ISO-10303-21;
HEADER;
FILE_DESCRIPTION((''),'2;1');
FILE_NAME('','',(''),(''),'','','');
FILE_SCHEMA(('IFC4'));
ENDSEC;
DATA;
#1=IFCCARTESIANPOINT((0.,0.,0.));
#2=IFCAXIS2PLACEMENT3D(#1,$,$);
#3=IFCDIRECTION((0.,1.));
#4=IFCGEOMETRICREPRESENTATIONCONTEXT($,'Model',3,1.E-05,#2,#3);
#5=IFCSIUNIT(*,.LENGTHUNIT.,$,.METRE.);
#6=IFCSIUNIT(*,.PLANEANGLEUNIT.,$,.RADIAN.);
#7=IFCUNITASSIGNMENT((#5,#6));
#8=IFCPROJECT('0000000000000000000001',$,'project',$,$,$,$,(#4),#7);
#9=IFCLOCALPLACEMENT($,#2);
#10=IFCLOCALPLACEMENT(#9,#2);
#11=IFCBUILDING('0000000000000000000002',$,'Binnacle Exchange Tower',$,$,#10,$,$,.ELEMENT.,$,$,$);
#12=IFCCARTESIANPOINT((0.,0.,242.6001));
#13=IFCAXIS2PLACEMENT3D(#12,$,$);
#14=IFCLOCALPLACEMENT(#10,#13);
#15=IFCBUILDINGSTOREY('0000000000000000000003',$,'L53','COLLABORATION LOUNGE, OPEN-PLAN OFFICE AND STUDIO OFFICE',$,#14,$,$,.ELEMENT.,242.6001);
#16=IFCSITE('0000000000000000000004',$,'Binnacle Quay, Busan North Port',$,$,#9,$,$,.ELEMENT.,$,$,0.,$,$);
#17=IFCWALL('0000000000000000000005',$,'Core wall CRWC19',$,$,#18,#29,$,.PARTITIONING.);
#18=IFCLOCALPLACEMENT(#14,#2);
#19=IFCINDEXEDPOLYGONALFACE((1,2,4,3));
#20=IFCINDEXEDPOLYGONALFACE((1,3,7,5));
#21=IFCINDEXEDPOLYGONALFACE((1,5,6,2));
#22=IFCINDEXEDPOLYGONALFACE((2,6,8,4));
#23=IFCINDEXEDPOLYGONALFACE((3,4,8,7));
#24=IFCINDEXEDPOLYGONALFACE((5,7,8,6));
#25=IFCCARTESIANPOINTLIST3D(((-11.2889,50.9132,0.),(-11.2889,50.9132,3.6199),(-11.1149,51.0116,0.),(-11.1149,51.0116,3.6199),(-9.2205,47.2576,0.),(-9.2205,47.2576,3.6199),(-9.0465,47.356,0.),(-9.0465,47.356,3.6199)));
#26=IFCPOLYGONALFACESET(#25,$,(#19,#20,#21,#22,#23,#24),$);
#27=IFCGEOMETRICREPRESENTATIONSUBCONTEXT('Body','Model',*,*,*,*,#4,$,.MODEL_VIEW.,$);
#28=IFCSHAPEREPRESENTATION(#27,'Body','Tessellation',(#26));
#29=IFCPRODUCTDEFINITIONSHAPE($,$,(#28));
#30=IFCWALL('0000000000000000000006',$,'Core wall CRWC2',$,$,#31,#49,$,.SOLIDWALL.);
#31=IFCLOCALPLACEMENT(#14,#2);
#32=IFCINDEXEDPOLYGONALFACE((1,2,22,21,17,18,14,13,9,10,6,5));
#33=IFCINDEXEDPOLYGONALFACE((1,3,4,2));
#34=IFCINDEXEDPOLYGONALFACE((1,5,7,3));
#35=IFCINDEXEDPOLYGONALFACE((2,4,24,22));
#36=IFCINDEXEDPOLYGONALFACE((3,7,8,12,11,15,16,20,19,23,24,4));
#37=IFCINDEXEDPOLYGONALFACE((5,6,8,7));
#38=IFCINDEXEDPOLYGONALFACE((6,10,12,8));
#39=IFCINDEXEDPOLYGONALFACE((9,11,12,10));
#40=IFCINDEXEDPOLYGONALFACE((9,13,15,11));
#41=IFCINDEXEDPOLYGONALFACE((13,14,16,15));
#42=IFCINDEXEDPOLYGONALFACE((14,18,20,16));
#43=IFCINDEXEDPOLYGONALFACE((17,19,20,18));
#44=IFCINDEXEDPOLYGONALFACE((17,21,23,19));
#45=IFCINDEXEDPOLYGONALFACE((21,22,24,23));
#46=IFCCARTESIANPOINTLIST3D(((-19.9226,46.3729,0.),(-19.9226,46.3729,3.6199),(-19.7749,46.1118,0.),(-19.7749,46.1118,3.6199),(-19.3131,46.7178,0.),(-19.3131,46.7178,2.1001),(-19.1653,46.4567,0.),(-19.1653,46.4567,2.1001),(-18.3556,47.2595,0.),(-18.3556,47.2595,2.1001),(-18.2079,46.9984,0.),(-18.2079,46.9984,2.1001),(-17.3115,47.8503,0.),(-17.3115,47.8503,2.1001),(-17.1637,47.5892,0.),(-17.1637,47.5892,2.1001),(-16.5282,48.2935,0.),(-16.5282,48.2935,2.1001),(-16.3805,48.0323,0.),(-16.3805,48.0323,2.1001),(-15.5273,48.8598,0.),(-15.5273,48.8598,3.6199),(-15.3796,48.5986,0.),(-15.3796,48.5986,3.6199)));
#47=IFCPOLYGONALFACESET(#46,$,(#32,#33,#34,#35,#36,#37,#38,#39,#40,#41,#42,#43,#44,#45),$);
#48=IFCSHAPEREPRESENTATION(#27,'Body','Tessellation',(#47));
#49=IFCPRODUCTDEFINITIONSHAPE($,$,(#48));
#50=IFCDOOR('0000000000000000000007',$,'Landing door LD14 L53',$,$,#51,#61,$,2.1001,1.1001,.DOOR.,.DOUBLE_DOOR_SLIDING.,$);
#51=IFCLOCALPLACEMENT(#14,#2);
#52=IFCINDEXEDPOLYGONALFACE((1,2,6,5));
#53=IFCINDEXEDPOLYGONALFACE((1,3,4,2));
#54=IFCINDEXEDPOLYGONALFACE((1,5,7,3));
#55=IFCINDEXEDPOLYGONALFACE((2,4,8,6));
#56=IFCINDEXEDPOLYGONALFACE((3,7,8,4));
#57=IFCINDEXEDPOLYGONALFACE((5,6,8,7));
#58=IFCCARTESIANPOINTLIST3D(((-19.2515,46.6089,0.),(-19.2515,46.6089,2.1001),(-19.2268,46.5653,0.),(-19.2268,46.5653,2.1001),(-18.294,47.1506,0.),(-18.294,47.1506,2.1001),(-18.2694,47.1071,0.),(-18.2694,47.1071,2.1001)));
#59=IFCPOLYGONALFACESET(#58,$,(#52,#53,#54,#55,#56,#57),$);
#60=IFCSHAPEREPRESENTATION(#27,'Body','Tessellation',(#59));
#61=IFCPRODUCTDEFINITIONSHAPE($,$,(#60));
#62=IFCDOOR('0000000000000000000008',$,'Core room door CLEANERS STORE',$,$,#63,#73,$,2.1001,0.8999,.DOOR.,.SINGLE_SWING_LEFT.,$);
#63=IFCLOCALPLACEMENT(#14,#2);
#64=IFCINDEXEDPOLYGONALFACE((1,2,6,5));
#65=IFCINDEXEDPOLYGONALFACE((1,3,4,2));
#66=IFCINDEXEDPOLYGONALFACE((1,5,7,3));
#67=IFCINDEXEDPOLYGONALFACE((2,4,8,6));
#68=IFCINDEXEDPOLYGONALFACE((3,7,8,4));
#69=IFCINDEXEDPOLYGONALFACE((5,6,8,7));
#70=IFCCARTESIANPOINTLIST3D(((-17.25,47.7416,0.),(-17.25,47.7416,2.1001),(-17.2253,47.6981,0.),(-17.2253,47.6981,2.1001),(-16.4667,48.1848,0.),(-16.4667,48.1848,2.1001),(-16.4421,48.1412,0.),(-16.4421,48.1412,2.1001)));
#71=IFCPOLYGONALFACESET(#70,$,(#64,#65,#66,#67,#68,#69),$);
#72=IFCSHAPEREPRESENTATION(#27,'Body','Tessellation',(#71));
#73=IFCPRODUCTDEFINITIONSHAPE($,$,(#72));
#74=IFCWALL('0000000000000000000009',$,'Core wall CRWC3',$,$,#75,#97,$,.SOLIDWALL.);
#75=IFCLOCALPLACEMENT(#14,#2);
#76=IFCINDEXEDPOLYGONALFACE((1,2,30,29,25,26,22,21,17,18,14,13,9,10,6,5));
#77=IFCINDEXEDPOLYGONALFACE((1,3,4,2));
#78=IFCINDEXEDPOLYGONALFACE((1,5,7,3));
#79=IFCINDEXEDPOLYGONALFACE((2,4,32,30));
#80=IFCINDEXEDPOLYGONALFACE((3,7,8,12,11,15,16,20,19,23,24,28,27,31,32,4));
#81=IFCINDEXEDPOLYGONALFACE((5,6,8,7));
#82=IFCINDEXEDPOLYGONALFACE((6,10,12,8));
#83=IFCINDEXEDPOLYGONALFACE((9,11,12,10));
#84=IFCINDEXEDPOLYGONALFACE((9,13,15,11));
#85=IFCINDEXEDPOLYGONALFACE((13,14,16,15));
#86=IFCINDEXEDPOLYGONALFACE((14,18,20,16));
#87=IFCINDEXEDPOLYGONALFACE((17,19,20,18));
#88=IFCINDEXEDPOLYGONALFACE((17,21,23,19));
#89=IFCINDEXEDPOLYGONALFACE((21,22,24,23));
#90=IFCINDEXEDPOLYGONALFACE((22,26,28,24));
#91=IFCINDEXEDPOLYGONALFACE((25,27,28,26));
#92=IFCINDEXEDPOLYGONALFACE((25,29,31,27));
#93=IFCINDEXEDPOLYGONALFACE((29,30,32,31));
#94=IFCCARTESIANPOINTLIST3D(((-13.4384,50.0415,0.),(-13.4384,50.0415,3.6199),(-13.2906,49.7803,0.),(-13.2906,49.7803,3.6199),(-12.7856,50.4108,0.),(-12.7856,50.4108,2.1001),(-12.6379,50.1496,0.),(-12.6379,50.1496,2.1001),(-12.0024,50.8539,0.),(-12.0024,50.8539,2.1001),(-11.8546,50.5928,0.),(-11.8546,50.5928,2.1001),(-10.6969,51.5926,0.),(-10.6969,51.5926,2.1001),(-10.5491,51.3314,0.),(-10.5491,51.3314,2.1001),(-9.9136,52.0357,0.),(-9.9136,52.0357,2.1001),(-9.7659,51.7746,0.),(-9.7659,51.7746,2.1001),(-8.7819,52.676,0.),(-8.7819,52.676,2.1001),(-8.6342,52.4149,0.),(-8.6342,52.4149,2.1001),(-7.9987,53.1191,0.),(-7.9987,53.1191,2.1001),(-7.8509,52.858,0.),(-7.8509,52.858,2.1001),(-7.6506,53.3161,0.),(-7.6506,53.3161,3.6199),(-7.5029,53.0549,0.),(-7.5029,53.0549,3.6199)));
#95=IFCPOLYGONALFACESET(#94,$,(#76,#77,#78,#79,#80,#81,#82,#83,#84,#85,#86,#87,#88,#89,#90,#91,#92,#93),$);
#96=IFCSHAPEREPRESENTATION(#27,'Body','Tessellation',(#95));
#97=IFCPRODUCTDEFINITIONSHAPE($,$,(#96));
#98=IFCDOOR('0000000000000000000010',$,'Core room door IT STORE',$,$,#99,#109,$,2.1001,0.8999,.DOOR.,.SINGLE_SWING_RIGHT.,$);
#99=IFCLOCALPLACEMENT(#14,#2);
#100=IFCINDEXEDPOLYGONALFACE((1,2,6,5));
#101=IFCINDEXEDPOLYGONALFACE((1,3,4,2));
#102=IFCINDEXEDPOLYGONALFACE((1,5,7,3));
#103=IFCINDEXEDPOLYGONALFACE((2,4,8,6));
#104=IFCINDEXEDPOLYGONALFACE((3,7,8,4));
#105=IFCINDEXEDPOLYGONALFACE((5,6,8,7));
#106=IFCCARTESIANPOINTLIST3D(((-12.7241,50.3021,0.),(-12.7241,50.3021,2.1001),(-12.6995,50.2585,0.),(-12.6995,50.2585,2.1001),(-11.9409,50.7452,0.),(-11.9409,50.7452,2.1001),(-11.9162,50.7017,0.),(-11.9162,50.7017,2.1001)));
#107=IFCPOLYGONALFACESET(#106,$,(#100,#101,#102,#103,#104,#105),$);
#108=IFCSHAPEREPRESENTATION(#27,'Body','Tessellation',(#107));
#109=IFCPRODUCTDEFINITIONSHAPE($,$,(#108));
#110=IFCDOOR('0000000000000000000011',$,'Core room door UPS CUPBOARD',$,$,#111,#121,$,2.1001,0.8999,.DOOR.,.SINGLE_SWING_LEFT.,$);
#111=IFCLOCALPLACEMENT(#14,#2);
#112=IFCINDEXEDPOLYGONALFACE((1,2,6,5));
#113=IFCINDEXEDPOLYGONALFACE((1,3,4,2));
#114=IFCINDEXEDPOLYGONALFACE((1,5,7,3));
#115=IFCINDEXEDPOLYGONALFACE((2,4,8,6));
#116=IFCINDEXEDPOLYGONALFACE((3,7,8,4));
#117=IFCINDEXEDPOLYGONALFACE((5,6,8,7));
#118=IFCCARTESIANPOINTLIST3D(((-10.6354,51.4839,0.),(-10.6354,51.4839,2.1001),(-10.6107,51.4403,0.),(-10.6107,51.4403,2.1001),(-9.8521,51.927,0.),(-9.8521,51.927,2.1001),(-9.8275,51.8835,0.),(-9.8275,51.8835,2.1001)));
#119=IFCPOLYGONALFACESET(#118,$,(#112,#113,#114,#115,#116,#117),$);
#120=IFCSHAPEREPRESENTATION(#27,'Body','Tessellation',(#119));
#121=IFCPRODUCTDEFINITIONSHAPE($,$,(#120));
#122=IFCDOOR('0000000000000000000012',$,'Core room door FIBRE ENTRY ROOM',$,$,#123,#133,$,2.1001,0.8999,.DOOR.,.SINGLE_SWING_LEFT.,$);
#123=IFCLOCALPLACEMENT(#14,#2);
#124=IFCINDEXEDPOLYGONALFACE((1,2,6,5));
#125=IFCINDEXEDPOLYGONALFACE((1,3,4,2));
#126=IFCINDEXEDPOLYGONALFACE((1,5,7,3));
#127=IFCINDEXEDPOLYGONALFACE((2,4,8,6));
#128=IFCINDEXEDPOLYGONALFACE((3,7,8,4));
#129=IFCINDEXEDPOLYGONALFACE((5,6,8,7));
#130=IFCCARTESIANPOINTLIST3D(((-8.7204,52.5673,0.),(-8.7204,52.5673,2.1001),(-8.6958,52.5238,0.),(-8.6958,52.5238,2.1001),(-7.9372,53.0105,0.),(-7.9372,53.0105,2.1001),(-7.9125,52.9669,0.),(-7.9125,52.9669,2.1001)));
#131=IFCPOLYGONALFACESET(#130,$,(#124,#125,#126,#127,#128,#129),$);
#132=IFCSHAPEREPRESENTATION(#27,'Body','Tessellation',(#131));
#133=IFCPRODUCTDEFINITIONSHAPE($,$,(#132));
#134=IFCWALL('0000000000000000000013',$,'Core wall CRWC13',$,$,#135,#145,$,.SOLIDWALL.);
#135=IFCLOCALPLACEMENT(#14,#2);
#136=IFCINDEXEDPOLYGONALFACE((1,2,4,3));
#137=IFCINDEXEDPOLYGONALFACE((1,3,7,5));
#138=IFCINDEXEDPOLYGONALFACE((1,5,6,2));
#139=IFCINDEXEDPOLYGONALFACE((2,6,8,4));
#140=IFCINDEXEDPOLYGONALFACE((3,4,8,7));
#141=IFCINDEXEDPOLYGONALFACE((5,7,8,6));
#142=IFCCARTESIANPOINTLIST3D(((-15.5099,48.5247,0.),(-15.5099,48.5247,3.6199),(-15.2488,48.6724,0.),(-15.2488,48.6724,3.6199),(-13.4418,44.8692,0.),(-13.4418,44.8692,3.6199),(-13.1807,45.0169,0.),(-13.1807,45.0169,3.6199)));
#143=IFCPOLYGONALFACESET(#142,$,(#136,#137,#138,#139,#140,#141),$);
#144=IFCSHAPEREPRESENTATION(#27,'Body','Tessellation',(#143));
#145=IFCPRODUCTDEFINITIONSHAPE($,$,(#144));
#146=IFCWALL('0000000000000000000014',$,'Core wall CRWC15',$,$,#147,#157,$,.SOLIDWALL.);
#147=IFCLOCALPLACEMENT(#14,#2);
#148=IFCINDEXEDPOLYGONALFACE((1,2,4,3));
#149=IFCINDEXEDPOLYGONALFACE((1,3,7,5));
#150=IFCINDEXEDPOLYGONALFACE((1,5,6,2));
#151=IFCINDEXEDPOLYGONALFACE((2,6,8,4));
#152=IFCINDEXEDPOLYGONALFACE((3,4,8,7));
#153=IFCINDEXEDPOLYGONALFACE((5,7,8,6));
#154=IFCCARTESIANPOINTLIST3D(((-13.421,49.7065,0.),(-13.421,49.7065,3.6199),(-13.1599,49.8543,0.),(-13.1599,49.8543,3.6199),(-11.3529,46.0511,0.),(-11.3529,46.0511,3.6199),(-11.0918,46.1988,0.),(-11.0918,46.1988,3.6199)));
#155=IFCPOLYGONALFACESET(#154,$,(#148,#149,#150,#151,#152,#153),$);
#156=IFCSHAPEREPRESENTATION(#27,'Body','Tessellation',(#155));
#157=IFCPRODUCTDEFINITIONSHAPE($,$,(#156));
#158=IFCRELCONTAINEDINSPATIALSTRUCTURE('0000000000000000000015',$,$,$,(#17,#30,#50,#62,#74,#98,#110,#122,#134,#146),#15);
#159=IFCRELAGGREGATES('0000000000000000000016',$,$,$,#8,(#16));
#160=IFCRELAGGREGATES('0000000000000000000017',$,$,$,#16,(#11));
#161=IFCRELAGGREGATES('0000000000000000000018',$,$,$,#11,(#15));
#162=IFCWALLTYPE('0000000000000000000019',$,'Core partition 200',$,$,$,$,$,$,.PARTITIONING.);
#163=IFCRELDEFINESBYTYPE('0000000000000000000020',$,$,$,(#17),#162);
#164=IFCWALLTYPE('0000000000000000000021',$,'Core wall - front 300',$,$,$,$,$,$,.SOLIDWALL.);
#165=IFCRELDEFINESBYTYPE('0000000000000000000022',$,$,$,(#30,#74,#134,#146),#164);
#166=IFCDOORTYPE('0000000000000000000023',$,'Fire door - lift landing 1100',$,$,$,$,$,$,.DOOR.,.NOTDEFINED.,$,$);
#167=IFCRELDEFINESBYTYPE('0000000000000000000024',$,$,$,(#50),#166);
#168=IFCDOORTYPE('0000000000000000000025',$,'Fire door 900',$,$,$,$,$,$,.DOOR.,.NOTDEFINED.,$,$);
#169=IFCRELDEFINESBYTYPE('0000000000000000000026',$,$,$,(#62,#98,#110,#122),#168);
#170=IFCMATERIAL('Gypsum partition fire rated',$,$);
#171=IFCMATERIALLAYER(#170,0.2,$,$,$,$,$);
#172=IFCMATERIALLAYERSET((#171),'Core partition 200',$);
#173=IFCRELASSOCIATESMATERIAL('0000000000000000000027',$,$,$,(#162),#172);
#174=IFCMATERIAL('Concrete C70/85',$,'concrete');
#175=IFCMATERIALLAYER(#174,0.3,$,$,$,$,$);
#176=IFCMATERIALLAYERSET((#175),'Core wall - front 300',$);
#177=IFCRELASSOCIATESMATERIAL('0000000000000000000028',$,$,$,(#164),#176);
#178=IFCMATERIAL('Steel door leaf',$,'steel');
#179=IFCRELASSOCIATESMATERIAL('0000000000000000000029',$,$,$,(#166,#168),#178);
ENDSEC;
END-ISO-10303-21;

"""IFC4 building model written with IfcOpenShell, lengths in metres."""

from ifc_helpers import new_model, si_unit, direction, frame, frame_2d, origin, place, context, subcontext, project, spatial, rectangle, extrude, material, layer, layer_set, type_object, element, fill, save


model = new_model("IFC4")

# Units and contexts
model_context = context("Model", 3, precision=1e-05, world=origin(), true_north=direction((0.0, 1.0)))
body_context = subcontext(model_context, "Body", "Model", "MODEL_VIEW")
ifc_project = project(units=[si_unit("LENGTHUNIT", "METRE"), si_unit("PLANEANGLEUNIT", "RADIAN")], contexts=[model_context])

# Site, building, storey
site_placement = place(None, origin())
site = spatial("IfcSite", under=ifc_project, at=site_placement, Name="Binnacle Quay, Busan North Port", CompositionType="ELEMENT", RefElevation=0.0)
building_placement = place(site_placement, origin())
building = spatial("IfcBuilding", under=site, at=building_placement, Name="Binnacle Exchange Tower", CompositionType="ELEMENT")
storey_placement = place(building_placement, frame((0.0, 0.0, 242.6001)))
storey = spatial("IfcBuildingStorey", under=building, at=storey_placement, Name="L53", Description="COLLABORATION LOUNGE, OPEN-PLAN OFFICE AND STUDIO OFFICE", CompositionType="ELEMENT", Elevation=242.6001)

# Wall
ifc_material_1 = material(Name="Gypsum partition fire rated")
ifc_layer_1 = layer(ifc_material_1, 0.2)
ifc_layer_set_1 = layer_set([ifc_layer_1], Name="Core partition 200")
wall_type_1 = type_object("IfcWallType", Name="Core partition 200", PredefinedType="PARTITIONING", material=ifc_layer_set_1)
wall_1_placement = place(storey_placement, frame((-11.2019, 50.9624, 0.0), z_axis=(0.0, 0.0, 1.0), x_axis=(0.492454, -0.870339, 0.0)))
element("IfcWall", 1, at=wall_1_placement, inside=storey, type_object=wall_type_1, Name="Core wall CRWC19", PredefinedType="PARTITIONING", context=body_context, shape_type="SweptSolid", body=[
    extrude(rectangle(XDim=4.2002, YDim=0.2, at=frame_2d((2.1001, 0.0))), origin(), (0.0, 0.0, 1.0), 3.6199),
])

# Walls, openings, doors
ifc_material_2 = material(Name="Concrete C70/85", Category="concrete")
ifc_layer_2 = layer(ifc_material_2, 0.3)
ifc_layer_set_2 = layer_set([ifc_layer_2], Name="Core wall - front 300")
wall_type_2 = type_object("IfcWallType", Name="Core wall - front 300", PredefinedType="SOLIDWALL", material=ifc_layer_set_2)
wall_2_placement = place(storey_placement, frame((-19.8486, 46.2424, 0.0), z_axis=(0.0, 0.0, 1.0), x_axis=(0.870348, 0.492438, 0.0)))
wall_2 = element("IfcWall", 2, at=wall_2_placement, inside=storey, type_object=wall_type_2, Name="Core wall CRWC2", PredefinedType="SOLIDWALL", context=body_context, shape_type="SweptSolid", body=[
    extrude(rectangle(XDim=5.05, YDim=0.3, at=frame_2d((2.5249, 0.0))), origin(), (0.0, 0.0, 1.0), 3.6199),
])
opening_1_placement = place(wall_2_placement, frame((0.7002, 0.0, 0.0)))
opening_1 = element("IfcOpeningElement", 3, at=opening_1_placement, cuts=wall_2, PredefinedType="OPENING", context=body_context, shape_type="SweptSolid", body=[
    extrude(rectangle(XDim=1.1001, YDim=2.1001, at=frame_2d((0.55, 1.05))), frame((0.0, 0.1599, 0.0), z_axis=(0.0, -1.0, 0.0), x_axis=(1.0, 0.0, 0.0)), (0.0, 0.0, 1.0), 0.3201),
])
opening_2_placement = place(wall_2_placement, frame((3.0, 0.0, 0.0)))
opening_2 = element("IfcOpeningElement", 4, at=opening_2_placement, cuts=wall_2, PredefinedType="OPENING", context=body_context, shape_type="SweptSolid", body=[
    extrude(rectangle(XDim=0.8999, YDim=2.1001, at=frame_2d((0.45, 1.05))), frame((0.0, 0.1599, 0.0), z_axis=(0.0, -1.0, 0.0), x_axis=(1.0, 0.0, 0.0)), (0.0, 0.0, 1.0), 0.3201),
])
ifc_material_3 = material(Name="Steel door leaf", Category="steel")
door_type_1 = type_object("IfcDoorType", Name="Fire door - lift landing 1100", OperationType="NOTDEFINED", PredefinedType="DOOR", material=ifc_material_3)
door_1_placement = place(opening_1_placement, origin())
door_1 = element("IfcDoor", 5, at=door_1_placement, inside=storey, type_object=door_type_1, Name="Landing door LD14 L53", OperationType="DOUBLE_DOOR_SLIDING", OverallHeight=2.1001, OverallWidth=1.1001, PredefinedType="DOOR", context=body_context, shape_type="SweptSolid", body=[
    extrude(rectangle(XDim=1.1001, YDim=2.1001, at=frame_2d((0.55, 1.05))), frame((0.0, 0.0249, 0.0), z_axis=(0.0, -1.0, 0.0), x_axis=(1.0, 0.0, 0.0)), (0.0, 0.0, 1.0), 0.05),
])
fill(opening_1, door_1)
door_type_2 = type_object("IfcDoorType", Name="Fire door 900", OperationType="NOTDEFINED", PredefinedType="DOOR", material=ifc_material_3)
door_2_placement = place(opening_2_placement, frame((0.8999, 0.0, 0.0), z_axis=(0.0, 0.0, 1.0), x_axis=(-1.0, 0.0, 0.0)))
door_2 = element("IfcDoor", 6, at=door_2_placement, inside=storey, type_object=door_type_2, Name="Core room door CLEANERS STORE", OperationType="SINGLE_SWING_LEFT", OverallHeight=2.1001, OverallWidth=0.8999, PredefinedType="DOOR", context=body_context, shape_type="SweptSolid", body=[
    extrude(rectangle(XDim=0.8999, YDim=2.1001, at=frame_2d((0.45, 1.05))), frame((0.0, 0.0249, 0.0), z_axis=(0.0, -1.0, 0.0), x_axis=(1.0, 0.0, 0.0)), (0.0, 0.0, 1.0), 0.05),
])
fill(opening_2, door_2)
wall_3_placement = place(storey_placement, frame((-13.3645, 49.9109, 0.0), z_axis=(0.0, 0.0, 1.0), x_axis=(0.870352, 0.49243, 0.0)))
wall_3 = element("IfcWall", 7, at=wall_3_placement, inside=storey, type_object=wall_type_2, Name="Core wall CRWC3", PredefinedType="SOLIDWALL", context=body_context, shape_type="SweptSolid", body=[
    extrude(rectangle(XDim=6.6499, YDim=0.3, at=frame_2d((3.325, 0.0))), origin(), (0.0, 0.0, 1.0), 3.6199),
])
opening_3_placement = place(wall_3_placement, frame((0.75, 0.0, 0.0)))
opening_3 = element("IfcOpeningElement", 8, at=opening_3_placement, cuts=wall_3, PredefinedType="OPENING", context=body_context, shape_type="SweptSolid", body=[
    extrude(rectangle(XDim=0.8999, YDim=2.1001, at=frame_2d((0.45, 1.05))), frame((0.0, 0.1599, 0.0), z_axis=(0.0, -1.0, 0.0), x_axis=(1.0, 0.0, 0.0)), (0.0, 0.0, 1.0), 0.3201),
])
opening_4_placement = place(wall_3_placement, frame((3.1499, 0.0, 0.0)))
opening_4 = element("IfcOpeningElement", 9, at=opening_4_placement, cuts=wall_3, PredefinedType="OPENING", context=body_context, shape_type="SweptSolid", body=[
    extrude(rectangle(XDim=0.8999, YDim=2.1001, at=frame_2d((0.45, 1.05))), frame((0.0, 0.1599, 0.0), z_axis=(0.0, -1.0, 0.0), x_axis=(1.0, 0.0, 0.0)), (0.0, 0.0, 1.0), 0.3201),
])
opening_5_placement = place(wall_3_placement, frame((5.3501, 0.0, 0.0)))
opening_5 = element("IfcOpeningElement", 10, at=opening_5_placement, cuts=wall_3, PredefinedType="OPENING", context=body_context, shape_type="SweptSolid", body=[
    extrude(rectangle(XDim=0.8999, YDim=2.1001, at=frame_2d((0.45, 1.05))), frame((0.0, 0.1599, 0.0), z_axis=(0.0, -1.0, 0.0), x_axis=(1.0, 0.0, 0.0)), (0.0, 0.0, 1.0), 0.3201),
])
door_3_placement = place(opening_3_placement, frame((0.8999, 0.0, 0.0), z_axis=(0.0, 0.0, 1.0), x_axis=(-1.0, 0.0, 0.0)))
door_3 = element("IfcDoor", 11, at=door_3_placement, inside=storey, type_object=door_type_2, Name="Core room door IT STORE", OperationType="SINGLE_SWING_RIGHT", OverallHeight=2.1001, OverallWidth=0.8999, PredefinedType="DOOR", context=body_context, shape_type="SweptSolid", body=[
    extrude(rectangle(XDim=0.8999, YDim=2.1001, at=frame_2d((0.45, 1.05))), frame((0.0, 0.0249, 0.0), z_axis=(0.0, -1.0, 0.0), x_axis=(1.0, 0.0, 0.0)), (0.0, 0.0, 1.0), 0.05),
])
fill(opening_3, door_3)
door_4_placement = place(opening_4_placement, frame((0.8999, 0.0, 0.0), z_axis=(0.0, 0.0, 1.0), x_axis=(-1.0, 0.0, 0.0)))
door_4 = element("IfcDoor", 12, at=door_4_placement, inside=storey, type_object=door_type_2, Name="Core room door UPS CUPBOARD", OperationType="SINGLE_SWING_LEFT", OverallHeight=2.1001, OverallWidth=0.8999, PredefinedType="DOOR", context=body_context, shape_type="SweptSolid", body=[
    extrude(rectangle(XDim=0.8999, YDim=2.1001, at=frame_2d((0.45, 1.05))), frame((0.0, 0.0249, 0.0), z_axis=(0.0, -1.0, 0.0), x_axis=(1.0, 0.0, 0.0)), (0.0, 0.0, 1.0), 0.05),
])
fill(opening_4, door_4)
door_5_placement = place(opening_5_placement, frame((0.8999, 0.0, 0.0), z_axis=(0.0, 0.0, 1.0), x_axis=(-1.0, 0.0, 0.0)))
door_5 = element("IfcDoor", 13, at=door_5_placement, inside=storey, type_object=door_type_2, Name="Core room door FIBRE ENTRY ROOM", OperationType="SINGLE_SWING_LEFT", OverallHeight=2.1001, OverallWidth=0.8999, PredefinedType="DOOR", context=body_context, shape_type="SweptSolid", body=[
    extrude(rectangle(XDim=0.8999, YDim=2.1001, at=frame_2d((0.45, 1.05))), frame((0.0, 0.0249, 0.0), z_axis=(0.0, -1.0, 0.0), x_axis=(1.0, 0.0, 0.0)), (0.0, 0.0, 1.0), 0.05),
])
fill(opening_5, door_5)

# Walls
for number, where, z_axis, x_axis, name in (
    (14, (-15.3794, 48.5986, 0.0), (0.0, 0.0, 1.0), (0.49241, -0.870364, 0.0), "Core wall CRWC13"),
    (15, (-13.2905, 49.7805, 0.0), (0.0, 0.0, 1.0), (0.49241, -0.870364, 0.0), "Core wall CRWC15"),
):
    element("IfcWall", number, at=place(storey_placement, frame(where, z_axis=z_axis, x_axis=x_axis)), inside=storey, type_object=wall_type_2, Name=name, PredefinedType="SOLIDWALL", context=body_context, shape_type="SweptSolid", body=[
        extrude(rectangle(XDim=4.2, YDim=0.3, at=frame_2d((2.1001, 0.0))), origin(), (0.0, 0.0, 1.0), 3.6199),
    ])

save(model, "model.ifc")
